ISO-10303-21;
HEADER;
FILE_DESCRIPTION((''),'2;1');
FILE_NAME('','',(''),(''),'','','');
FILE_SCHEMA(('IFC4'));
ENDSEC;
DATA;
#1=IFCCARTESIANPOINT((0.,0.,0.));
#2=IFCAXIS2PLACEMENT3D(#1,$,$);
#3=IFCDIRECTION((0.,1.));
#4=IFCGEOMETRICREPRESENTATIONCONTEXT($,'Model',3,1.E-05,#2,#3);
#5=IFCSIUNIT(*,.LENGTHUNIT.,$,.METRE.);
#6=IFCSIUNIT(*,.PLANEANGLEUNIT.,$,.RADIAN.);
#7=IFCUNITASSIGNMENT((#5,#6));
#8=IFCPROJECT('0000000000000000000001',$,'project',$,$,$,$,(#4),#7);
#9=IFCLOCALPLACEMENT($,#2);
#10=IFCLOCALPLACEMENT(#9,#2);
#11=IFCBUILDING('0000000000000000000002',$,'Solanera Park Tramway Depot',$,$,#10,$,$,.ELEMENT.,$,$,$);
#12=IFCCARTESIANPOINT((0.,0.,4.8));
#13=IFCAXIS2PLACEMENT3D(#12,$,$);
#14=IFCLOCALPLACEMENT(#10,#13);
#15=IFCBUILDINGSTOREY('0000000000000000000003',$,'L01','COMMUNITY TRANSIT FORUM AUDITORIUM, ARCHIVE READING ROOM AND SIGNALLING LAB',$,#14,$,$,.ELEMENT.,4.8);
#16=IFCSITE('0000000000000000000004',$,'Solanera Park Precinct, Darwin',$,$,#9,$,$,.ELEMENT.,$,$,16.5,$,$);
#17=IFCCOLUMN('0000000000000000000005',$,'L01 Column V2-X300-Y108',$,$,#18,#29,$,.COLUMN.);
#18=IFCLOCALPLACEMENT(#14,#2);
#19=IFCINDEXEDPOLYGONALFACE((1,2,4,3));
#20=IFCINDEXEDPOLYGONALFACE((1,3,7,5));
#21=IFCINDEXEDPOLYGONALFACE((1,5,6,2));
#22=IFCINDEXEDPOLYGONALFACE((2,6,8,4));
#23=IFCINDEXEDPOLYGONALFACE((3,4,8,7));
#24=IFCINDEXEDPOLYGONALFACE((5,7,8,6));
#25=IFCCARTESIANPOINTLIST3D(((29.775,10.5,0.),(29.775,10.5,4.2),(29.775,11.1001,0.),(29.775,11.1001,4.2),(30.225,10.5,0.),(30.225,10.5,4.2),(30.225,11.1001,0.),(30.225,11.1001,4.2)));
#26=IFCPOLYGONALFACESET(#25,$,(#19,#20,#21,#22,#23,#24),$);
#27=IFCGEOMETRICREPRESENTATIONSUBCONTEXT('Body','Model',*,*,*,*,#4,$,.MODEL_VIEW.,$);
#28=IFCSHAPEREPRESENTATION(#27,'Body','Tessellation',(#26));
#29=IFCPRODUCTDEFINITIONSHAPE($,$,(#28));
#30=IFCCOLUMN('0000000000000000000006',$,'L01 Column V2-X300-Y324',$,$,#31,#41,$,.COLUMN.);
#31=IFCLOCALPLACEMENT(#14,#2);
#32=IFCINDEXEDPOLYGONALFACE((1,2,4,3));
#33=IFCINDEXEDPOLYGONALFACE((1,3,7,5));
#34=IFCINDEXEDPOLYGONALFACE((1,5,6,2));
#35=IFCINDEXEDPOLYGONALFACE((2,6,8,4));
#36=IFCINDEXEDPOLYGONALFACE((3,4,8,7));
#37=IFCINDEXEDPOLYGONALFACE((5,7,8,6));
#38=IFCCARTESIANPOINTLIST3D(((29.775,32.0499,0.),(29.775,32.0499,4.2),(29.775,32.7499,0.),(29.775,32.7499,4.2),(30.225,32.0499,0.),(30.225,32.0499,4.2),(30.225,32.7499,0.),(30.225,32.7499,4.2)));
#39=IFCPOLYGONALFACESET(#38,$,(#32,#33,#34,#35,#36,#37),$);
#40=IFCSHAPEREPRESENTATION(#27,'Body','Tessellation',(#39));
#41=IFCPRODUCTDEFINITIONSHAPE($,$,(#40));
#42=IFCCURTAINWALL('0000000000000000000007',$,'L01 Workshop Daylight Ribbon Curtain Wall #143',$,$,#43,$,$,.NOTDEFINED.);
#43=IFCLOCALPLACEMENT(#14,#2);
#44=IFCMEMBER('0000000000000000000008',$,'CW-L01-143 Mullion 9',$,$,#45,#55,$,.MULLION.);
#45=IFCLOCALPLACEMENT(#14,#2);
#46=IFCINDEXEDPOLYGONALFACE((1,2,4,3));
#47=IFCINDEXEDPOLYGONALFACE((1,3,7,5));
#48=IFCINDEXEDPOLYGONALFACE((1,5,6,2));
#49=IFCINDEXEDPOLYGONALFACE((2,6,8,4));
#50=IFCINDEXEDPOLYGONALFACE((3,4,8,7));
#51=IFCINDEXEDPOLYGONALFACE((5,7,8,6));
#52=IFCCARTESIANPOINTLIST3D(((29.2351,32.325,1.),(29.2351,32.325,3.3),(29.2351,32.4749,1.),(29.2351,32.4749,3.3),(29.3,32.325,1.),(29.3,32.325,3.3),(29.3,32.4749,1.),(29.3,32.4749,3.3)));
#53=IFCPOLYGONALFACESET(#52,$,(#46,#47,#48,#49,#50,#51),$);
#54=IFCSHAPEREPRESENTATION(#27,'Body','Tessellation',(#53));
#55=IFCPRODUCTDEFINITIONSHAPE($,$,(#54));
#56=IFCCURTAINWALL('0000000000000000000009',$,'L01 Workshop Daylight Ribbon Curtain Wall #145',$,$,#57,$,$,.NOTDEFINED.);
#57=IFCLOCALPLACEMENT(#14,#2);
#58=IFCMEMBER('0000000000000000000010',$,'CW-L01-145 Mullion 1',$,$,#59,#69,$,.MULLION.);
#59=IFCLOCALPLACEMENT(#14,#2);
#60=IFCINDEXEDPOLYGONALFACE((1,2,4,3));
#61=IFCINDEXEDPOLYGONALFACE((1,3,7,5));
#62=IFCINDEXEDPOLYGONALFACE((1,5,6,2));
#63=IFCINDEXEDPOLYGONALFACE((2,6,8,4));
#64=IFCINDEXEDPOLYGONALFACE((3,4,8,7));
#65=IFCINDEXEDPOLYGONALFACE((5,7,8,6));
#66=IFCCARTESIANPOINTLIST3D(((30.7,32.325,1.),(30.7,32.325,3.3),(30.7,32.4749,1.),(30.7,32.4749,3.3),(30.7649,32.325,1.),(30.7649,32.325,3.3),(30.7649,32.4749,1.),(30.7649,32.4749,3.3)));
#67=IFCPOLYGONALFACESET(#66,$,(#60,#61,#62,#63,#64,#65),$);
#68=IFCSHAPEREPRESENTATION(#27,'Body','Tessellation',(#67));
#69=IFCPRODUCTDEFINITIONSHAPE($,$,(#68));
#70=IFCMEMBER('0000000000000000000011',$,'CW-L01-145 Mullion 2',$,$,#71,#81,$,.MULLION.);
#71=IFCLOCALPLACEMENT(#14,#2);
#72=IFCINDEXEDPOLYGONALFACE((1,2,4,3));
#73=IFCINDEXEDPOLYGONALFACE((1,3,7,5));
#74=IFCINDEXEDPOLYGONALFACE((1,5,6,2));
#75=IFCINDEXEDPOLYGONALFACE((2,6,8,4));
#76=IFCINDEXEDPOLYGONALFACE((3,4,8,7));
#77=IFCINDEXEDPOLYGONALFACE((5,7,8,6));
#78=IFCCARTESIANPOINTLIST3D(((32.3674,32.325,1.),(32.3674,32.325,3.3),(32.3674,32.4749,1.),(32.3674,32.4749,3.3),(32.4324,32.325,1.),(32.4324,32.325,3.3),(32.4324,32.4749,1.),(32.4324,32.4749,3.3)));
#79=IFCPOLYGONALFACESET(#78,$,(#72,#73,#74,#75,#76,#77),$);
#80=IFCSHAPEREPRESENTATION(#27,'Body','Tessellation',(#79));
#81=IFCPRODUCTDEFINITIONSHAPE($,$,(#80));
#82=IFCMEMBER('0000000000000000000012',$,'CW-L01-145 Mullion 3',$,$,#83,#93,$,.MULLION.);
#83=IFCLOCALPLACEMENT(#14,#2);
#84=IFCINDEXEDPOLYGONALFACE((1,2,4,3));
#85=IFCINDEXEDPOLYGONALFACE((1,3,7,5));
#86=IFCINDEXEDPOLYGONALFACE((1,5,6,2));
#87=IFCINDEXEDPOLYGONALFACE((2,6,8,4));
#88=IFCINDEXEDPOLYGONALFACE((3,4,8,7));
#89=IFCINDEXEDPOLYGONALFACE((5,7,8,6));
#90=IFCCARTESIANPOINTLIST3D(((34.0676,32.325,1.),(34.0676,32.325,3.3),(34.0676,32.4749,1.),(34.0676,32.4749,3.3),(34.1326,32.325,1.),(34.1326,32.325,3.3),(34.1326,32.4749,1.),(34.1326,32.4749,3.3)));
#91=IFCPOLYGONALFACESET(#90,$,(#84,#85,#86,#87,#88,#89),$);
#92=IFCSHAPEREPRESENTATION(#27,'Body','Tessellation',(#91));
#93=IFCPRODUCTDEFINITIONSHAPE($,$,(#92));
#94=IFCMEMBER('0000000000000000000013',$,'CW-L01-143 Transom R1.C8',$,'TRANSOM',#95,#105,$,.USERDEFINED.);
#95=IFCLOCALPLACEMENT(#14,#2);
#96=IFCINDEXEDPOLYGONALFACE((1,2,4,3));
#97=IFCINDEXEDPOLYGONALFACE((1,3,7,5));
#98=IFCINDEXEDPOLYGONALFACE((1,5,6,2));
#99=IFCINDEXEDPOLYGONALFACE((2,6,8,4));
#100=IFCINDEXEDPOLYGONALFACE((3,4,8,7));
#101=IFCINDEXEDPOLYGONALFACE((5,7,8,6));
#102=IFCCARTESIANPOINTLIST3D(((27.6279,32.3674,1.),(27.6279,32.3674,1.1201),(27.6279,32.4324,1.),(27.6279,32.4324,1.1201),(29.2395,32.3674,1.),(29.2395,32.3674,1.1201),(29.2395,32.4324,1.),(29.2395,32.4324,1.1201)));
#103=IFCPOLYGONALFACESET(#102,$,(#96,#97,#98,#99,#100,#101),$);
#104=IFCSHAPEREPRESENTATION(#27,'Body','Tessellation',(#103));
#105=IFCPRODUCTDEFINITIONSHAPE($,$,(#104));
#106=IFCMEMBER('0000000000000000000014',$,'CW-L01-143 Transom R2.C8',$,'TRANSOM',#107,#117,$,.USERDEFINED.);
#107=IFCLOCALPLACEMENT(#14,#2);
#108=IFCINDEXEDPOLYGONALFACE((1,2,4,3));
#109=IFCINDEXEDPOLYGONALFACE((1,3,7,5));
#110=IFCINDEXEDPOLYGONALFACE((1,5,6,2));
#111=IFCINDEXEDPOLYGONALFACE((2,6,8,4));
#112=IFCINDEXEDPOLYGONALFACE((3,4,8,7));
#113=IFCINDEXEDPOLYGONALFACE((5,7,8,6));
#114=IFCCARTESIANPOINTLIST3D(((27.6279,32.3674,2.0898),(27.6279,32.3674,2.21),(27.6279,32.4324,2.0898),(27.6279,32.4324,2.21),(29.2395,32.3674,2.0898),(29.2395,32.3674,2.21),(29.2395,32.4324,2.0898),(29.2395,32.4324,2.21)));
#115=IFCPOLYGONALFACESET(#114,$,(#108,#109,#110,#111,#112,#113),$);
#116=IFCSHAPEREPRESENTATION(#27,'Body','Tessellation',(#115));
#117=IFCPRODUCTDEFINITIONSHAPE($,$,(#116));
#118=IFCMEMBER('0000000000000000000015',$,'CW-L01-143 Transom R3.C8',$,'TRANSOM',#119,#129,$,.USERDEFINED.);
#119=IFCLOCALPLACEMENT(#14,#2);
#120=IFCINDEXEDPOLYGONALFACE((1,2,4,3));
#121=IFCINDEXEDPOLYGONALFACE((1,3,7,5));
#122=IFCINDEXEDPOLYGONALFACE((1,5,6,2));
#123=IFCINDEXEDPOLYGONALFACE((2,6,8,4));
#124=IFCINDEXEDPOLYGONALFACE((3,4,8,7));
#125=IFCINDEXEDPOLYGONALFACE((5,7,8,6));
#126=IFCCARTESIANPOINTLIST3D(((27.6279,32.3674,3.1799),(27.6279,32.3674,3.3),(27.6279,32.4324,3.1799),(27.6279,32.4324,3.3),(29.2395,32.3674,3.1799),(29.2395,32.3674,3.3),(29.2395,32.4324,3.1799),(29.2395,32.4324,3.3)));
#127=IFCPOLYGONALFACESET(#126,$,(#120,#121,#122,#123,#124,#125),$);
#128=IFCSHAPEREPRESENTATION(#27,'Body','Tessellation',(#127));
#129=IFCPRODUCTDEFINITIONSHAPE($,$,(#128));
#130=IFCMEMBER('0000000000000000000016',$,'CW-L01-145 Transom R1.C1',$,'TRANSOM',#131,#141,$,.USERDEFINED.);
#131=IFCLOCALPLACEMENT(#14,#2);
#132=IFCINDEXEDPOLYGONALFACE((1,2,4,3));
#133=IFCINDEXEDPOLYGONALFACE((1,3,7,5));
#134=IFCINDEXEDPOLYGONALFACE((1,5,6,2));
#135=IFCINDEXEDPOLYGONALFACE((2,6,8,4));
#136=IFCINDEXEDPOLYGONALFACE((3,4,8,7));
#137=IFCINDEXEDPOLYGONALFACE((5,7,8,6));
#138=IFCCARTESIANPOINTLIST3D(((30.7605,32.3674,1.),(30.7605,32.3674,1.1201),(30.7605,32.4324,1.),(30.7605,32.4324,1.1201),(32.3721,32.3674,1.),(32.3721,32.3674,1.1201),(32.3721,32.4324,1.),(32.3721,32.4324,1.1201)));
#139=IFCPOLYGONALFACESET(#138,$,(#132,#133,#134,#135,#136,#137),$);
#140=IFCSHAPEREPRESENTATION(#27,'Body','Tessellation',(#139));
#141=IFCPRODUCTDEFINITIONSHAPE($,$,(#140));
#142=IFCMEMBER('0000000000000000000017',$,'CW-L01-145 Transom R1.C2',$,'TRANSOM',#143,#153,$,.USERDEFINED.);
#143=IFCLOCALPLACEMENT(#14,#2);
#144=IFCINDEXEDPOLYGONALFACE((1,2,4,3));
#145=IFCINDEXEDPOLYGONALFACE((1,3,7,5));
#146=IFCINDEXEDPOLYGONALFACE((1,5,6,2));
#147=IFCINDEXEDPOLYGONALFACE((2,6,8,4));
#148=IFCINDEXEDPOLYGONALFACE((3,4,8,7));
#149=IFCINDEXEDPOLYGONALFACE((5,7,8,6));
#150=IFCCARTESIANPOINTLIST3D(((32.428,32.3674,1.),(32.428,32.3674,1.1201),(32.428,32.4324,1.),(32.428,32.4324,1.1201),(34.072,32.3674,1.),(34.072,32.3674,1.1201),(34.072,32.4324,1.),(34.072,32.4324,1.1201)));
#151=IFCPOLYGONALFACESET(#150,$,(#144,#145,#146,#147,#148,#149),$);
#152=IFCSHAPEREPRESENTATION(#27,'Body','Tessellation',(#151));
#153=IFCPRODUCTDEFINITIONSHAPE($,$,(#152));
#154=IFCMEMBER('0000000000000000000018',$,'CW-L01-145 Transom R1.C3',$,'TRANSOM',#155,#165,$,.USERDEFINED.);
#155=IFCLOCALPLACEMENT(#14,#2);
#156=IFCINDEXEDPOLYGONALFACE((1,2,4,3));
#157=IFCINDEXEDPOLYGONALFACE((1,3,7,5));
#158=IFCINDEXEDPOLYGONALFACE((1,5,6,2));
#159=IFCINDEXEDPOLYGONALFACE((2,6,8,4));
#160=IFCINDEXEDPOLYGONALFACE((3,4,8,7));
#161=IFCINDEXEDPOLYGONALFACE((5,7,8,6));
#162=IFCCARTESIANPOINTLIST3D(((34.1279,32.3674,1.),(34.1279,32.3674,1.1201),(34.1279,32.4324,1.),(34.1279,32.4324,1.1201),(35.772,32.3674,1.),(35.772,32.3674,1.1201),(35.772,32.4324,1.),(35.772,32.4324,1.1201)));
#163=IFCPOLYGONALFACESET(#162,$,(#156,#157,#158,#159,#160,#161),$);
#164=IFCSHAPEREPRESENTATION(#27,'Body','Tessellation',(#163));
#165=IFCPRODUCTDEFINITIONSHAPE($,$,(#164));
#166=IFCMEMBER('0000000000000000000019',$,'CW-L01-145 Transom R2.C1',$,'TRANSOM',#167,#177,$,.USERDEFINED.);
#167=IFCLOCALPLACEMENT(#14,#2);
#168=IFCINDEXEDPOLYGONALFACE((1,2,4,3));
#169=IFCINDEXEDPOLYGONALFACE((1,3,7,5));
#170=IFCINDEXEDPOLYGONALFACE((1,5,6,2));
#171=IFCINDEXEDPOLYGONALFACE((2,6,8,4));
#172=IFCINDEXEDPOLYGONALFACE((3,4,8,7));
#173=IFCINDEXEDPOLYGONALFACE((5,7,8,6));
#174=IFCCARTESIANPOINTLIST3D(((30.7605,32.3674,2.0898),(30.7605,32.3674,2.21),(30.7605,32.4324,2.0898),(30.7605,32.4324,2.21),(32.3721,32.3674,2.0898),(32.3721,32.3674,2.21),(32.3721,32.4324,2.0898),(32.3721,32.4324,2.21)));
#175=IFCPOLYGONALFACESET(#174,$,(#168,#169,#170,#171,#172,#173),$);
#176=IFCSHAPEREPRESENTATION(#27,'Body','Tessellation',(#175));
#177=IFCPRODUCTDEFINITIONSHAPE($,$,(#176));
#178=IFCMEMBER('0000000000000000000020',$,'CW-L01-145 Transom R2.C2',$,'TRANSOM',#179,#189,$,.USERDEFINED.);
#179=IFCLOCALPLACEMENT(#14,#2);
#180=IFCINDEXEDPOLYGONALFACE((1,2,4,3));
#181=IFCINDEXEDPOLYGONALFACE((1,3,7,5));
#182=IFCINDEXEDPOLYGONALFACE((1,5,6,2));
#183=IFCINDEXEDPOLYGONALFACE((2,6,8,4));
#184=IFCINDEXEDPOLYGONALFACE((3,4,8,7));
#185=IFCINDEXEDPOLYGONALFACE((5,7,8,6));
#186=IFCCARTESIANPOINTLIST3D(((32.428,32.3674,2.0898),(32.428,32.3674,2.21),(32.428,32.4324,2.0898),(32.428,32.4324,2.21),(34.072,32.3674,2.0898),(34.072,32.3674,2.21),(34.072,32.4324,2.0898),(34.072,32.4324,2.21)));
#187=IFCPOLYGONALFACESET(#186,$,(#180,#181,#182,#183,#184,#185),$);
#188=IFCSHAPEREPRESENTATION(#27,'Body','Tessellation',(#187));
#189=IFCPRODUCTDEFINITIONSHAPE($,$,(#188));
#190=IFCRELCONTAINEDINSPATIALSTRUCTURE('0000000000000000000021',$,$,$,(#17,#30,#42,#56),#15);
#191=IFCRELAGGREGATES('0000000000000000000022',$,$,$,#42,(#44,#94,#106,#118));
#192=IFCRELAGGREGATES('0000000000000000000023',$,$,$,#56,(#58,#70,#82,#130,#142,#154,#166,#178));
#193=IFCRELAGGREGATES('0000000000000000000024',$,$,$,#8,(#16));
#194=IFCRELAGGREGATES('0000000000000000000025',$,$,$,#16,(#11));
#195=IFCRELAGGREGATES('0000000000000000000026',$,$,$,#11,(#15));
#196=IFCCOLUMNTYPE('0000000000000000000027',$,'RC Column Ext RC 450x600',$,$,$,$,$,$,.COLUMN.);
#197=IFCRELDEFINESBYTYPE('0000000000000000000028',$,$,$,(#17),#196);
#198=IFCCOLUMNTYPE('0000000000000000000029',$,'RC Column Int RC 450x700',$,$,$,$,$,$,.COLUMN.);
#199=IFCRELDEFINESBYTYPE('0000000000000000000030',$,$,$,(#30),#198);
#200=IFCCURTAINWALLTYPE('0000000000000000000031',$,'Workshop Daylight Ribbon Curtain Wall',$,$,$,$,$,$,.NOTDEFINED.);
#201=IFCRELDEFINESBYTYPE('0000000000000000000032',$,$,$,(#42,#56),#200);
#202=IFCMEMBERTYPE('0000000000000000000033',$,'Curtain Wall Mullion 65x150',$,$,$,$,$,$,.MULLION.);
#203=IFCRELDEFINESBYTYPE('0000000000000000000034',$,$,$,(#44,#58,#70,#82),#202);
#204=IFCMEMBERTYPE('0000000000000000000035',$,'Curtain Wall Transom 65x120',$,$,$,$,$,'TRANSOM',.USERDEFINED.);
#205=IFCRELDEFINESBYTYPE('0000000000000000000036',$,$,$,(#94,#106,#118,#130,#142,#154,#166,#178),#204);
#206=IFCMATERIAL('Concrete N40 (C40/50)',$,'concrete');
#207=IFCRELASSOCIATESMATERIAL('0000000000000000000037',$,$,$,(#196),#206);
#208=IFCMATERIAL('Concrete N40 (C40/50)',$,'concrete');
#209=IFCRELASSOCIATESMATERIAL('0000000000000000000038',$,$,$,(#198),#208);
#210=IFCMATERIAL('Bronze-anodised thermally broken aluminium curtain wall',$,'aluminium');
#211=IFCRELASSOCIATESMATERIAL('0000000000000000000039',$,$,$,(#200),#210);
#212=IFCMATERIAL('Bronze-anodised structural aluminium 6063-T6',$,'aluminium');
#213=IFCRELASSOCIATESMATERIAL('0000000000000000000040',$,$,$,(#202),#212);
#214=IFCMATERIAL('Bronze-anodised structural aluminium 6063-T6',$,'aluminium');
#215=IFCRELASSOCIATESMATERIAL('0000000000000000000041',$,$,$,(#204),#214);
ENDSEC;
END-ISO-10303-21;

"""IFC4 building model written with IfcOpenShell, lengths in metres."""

from ifc_helpers import new_model, si_unit, direction, frame, origin, origin_2d, place, context, subcontext, project, spatial, rectangle, extrude, material, material_profile, profile_set, type_object, element, aggregate, save


model = new_model("IFC4")

# Units and contexts
model_context = context("Model", 3, precision=1e-05, world=origin(), true_north=direction((0.0, 1.0)))
body_context = subcontext(model_context, "Body", "Model", "MODEL_VIEW")
ifc_project = project(units=[si_unit("LENGTHUNIT", "METRE"), si_unit("PLANEANGLEUNIT", "RADIAN")], contexts=[model_context])

# Site, building, storey
site_placement = place(None, origin())
site = spatial("IfcSite", under=ifc_project, at=site_placement, Name="Solanera Park Precinct, Darwin", CompositionType="ELEMENT", RefElevation=16.5)
building_placement = place(site_placement, origin())
building = spatial("IfcBuilding", under=site, at=building_placement, Name="Solanera Park Tramway Depot", CompositionType="ELEMENT")
storey_placement = place(building_placement, frame((0.0, 0.0, 4.8)))
storey = spatial("IfcBuildingStorey", under=building, at=storey_placement, Name="L01", Description="COMMUNITY TRANSIT FORUM AUDITORIUM, ARCHIVE READING ROOM AND SIGNALLING LAB", CompositionType="ELEMENT", Elevation=4.8)

# Columns
ifc_material_1 = material(Name="Concrete N40 (C40/50)", Category="concrete")
ifc_material_profile_1 = material_profile(ifc_material_1, rectangle(XDim=0.45, YDim=0.6001, at=origin_2d()), Name="RC 450x600")
ifc_profile_set_1 = profile_set([ifc_material_profile_1], Name="Concrete N40 (C40/50)")
column_type_1 = type_object("IfcColumnType", Name="RC Column Ext RC 450x600", PredefinedType="COLUMN", material=ifc_profile_set_1)
column_1_placement = place(storey_placement, frame((30.0, 10.8, 0.0), z_axis=(0.0, 0.0, 1.0), x_axis=(1.0, 0.0, 0.0)))
element("IfcColumn", 1, at=column_1_placement, inside=storey, type_object=column_type_1, Name="L01 Column V2-X300-Y108", PredefinedType="COLUMN", context=body_context, shape_type="SweptSolid", body=[
    extrude(rectangle(XDim=0.45, YDim=0.6001, at=origin_2d()), origin(), (0.0, 0.0, 1.0), 4.2),
])
ifc_material_2 = material(Name="Concrete N40 (C40/50)", Category="concrete")
ifc_material_profile_2 = material_profile(ifc_material_2, rectangle(XDim=0.45, YDim=0.7, at=origin_2d()), Name="RC 450x700")
ifc_profile_set_2 = profile_set([ifc_material_profile_2], Name="Concrete N40 (C40/50)")
column_type_2 = type_object("IfcColumnType", Name="RC Column Int RC 450x700", PredefinedType="COLUMN", material=ifc_profile_set_2)
column_2_placement = place(storey_placement, frame((30.0, 32.3999, 0.0), z_axis=(0.0, 0.0, 1.0), x_axis=(1.0, 0.0, 0.0)))
element("IfcColumn", 2, at=column_2_placement, inside=storey, type_object=column_type_2, Name="L01 Column V2-X300-Y324", PredefinedType="COLUMN", context=body_context, shape_type="SweptSolid", body=[
    extrude(rectangle(XDim=0.45, YDim=0.7, at=origin_2d()), origin(), (0.0, 0.0, 1.0), 4.2),
])

# Curtain wall, member
ifc_material_3 = material(Name="Bronze-anodised thermally broken aluminium curtain wall", Category="aluminium")
curtain_wall_type = type_object("IfcCurtainWallType", Name="Workshop Daylight Ribbon Curtain Wall", PredefinedType="NOTDEFINED", material=ifc_material_3)
curtain_wall_1_placement = place(storey_placement, origin())
curtain_wall_1 = element("IfcCurtainWall", 3, at=curtain_wall_1_placement, inside=storey, type_object=curtain_wall_type, Name="L01 Workshop Daylight Ribbon Curtain Wall #143", PredefinedType="NOTDEFINED")
ifc_material_4 = material(Name="Bronze-anodised structural aluminium 6063-T6", Category="aluminium")
ifc_material_profile_3 = material_profile(ifc_material_4, rectangle(XDim=0.0649, YDim=0.1499, at=origin_2d()), Name="Curtain Wall Mullion 65x150")
ifc_profile_set_3 = profile_set([ifc_material_profile_3], Name="Bronze-anodised structural aluminium 6063-T6")
member_type_1 = type_object("IfcMemberType", Name="Curtain Wall Mullion 65x150", PredefinedType="MULLION", material=ifc_profile_set_3)
member_1_placement = place(storey_placement, frame((29.2676, 32.3999, 1.0), z_axis=(0.0, 0.0, 1.0), x_axis=(1.0, 0.0, 0.0)))
member_1 = element("IfcMember", 4, at=member_1_placement, type_object=member_type_1, Name="CW-L01-143 Mullion 9", PredefinedType="MULLION", context=body_context, shape_type="SweptSolid", body=[
    extrude(rectangle(XDim=0.0649, YDim=0.1499, at=origin_2d()), origin(), (0.0, 0.0, 1.0), 2.3),
])

# Curtain wall, members
curtain_wall_2_placement = place(storey_placement, origin())
curtain_wall_2 = element("IfcCurtainWall", 5, at=curtain_wall_2_placement, inside=storey, type_object=curtain_wall_type, Name="L01 Workshop Daylight Ribbon Curtain Wall #145", PredefinedType="NOTDEFINED")
member_2_placement = place(storey_placement, frame((30.7324, 32.3999, 1.0), z_axis=(0.0, 0.0, 1.0), x_axis=(1.0, 0.0, 0.0)))
member_2 = element("IfcMember", 6, at=member_2_placement, type_object=member_type_1, Name="CW-L01-145 Mullion 1", PredefinedType="MULLION", context=body_context, shape_type="SweptSolid", body=[
    extrude(rectangle(XDim=0.0649, YDim=0.1499, at=origin_2d()), origin(), (0.0, 0.0, 1.0), 2.3),
])
member_3_placement = place(storey_placement, frame((32.3999, 32.3999, 1.0), z_axis=(0.0, 0.0, 1.0), x_axis=(1.0, 0.0, 0.0)))
member_3 = element("IfcMember", 7, at=member_3_placement, type_object=member_type_1, Name="CW-L01-145 Mullion 2", PredefinedType="MULLION", context=body_context, shape_type="SweptSolid", body=[
    extrude(rectangle(XDim=0.0649, YDim=0.1499, at=origin_2d()), origin(), (0.0, 0.0, 1.0), 2.3),
])
member_4_placement = place(storey_placement, frame((34.1001, 32.3999, 1.0), z_axis=(0.0, 0.0, 1.0), x_axis=(1.0, 0.0, 0.0)))
member_4 = element("IfcMember", 8, at=member_4_placement, type_object=member_type_1, Name="CW-L01-145 Mullion 3", PredefinedType="MULLION", context=body_context, shape_type="SweptSolid", body=[
    extrude(rectangle(XDim=0.0649, YDim=0.1499, at=origin_2d()), origin(), (0.0, 0.0, 1.0), 2.3),
])

# Members
ifc_material_5 = material(Name="Bronze-anodised structural aluminium 6063-T6", Category="aluminium")
ifc_material_profile_4 = material_profile(ifc_material_5, rectangle(XDim=0.0649, YDim=0.1201, at=origin_2d()), Name="Curtain Wall Transom 65x120")
ifc_profile_set_4 = profile_set([ifc_material_profile_4], Name="Bronze-anodised structural aluminium 6063-T6")
member_type_2 = type_object("IfcMemberType", Name="Curtain Wall Transom 65x120", ElementType="TRANSOM", PredefinedType="USERDEFINED", material=ifc_profile_set_4)
member_5_placement = place(storey_placement, frame((27.6279, 32.3999, 1.0601), z_axis=(1.0, 0.0, 0.0), x_axis=(0.0, 1.0, 0.0)))
member_5 = element("IfcMember", 9, at=member_5_placement, type_object=member_type_2, Name="CW-L01-143 Transom R1.C8", ObjectType="TRANSOM", PredefinedType="USERDEFINED", context=body_context, shape_type="SweptSolid", body=[
    extrude(rectangle(XDim=0.0649, YDim=0.1201, at=origin_2d()), origin(), (0.0, 0.0, 1.0), 1.6116),
])
member_6_placement = place(storey_placement, frame((27.6279, 32.3999, 2.1499), z_axis=(1.0, 0.0, 0.0), x_axis=(0.0, 1.0, 0.0)))
member_6 = element("IfcMember", 10, at=member_6_placement, type_object=member_type_2, Name="CW-L01-143 Transom R2.C8", ObjectType="TRANSOM", PredefinedType="USERDEFINED", context=body_context, shape_type="SweptSolid", body=[
    extrude(rectangle(XDim=0.0649, YDim=0.1201, at=origin_2d()), origin(), (0.0, 0.0, 1.0), 1.6116),
])
member_7_placement = place(storey_placement, frame((27.6279, 32.3999, 3.24), z_axis=(1.0, 0.0, 0.0), x_axis=(0.0, 1.0, 0.0)))
member_7 = element("IfcMember", 11, at=member_7_placement, type_object=member_type_2, Name="CW-L01-143 Transom R3.C8", ObjectType="TRANSOM", PredefinedType="USERDEFINED", context=body_context, shape_type="SweptSolid", body=[
    extrude(rectangle(XDim=0.0649, YDim=0.1201, at=origin_2d()), origin(), (0.0, 0.0, 1.0), 1.6116),
])
member_8_placement = place(storey_placement, frame((30.7605, 32.3999, 1.0601), z_axis=(1.0, 0.0, 0.0), x_axis=(0.0, 1.0, 0.0)))
member_8 = element("IfcMember", 12, at=member_8_placement, type_object=member_type_2, Name="CW-L01-145 Transom R1.C1", ObjectType="TRANSOM", PredefinedType="USERDEFINED", context=body_context, shape_type="SweptSolid", body=[
    extrude(rectangle(XDim=0.0649, YDim=0.1201, at=origin_2d()), origin(), (0.0, 0.0, 1.0), 1.6116),
])
member_9_placement = place(storey_placement, frame((32.428, 32.3999, 1.0601), z_axis=(1.0, 0.0, 0.0), x_axis=(0.0, 1.0, 0.0)))
member_9 = element("IfcMember", 13, at=member_9_placement, type_object=member_type_2, Name="CW-L01-145 Transom R1.C2", ObjectType="TRANSOM", PredefinedType="USERDEFINED", context=body_context, shape_type="SweptSolid", body=[
    extrude(rectangle(XDim=0.0649, YDim=0.1201, at=origin_2d()), origin(), (0.0, 0.0, 1.0), 1.644),
])
member_10_placement = place(storey_placement, frame((34.1279, 32.3999, 1.0601), z_axis=(1.0, 0.0, 0.0), x_axis=(0.0, 1.0, 0.0)))
member_10 = element("IfcMember", 14, at=member_10_placement, type_object=member_type_2, Name="CW-L01-145 Transom R1.C3", ObjectType="TRANSOM", PredefinedType="USERDEFINED", context=body_context, shape_type="SweptSolid", body=[
    extrude(rectangle(XDim=0.0649, YDim=0.1201, at=origin_2d()), origin(), (0.0, 0.0, 1.0), 1.644),
])
member_11_placement = place(storey_placement, frame((30.7605, 32.3999, 2.1499), z_axis=(1.0, 0.0, 0.0), x_axis=(0.0, 1.0, 0.0)))
member_11 = element("IfcMember", 15, at=member_11_placement, type_object=member_type_2, Name="CW-L01-145 Transom R2.C1", ObjectType="TRANSOM", PredefinedType="USERDEFINED", context=body_context, shape_type="SweptSolid", body=[
    extrude(rectangle(XDim=0.0649, YDim=0.1201, at=origin_2d()), origin(), (0.0, 0.0, 1.0), 1.6116),
])
member_12_placement = place(storey_placement, frame((32.428, 32.3999, 2.1499), z_axis=(1.0, 0.0, 0.0), x_axis=(0.0, 1.0, 0.0)))
member_12 = element("IfcMember", 16, at=member_12_placement, type_object=member_type_2, Name="CW-L01-145 Transom R2.C2", ObjectType="TRANSOM", PredefinedType="USERDEFINED", context=body_context, shape_type="SweptSolid", body=[
    extrude(rectangle(XDim=0.0649, YDim=0.1201, at=origin_2d()), origin(), (0.0, 0.0, 1.0), 1.644),
])

aggregate(curtain_wall_1, [member_1, member_5, member_6, member_7])
aggregate(curtain_wall_2, [member_2, member_3, member_4, member_8, member_9, member_10, member_11, member_12])

save(model, "model.ifc")
